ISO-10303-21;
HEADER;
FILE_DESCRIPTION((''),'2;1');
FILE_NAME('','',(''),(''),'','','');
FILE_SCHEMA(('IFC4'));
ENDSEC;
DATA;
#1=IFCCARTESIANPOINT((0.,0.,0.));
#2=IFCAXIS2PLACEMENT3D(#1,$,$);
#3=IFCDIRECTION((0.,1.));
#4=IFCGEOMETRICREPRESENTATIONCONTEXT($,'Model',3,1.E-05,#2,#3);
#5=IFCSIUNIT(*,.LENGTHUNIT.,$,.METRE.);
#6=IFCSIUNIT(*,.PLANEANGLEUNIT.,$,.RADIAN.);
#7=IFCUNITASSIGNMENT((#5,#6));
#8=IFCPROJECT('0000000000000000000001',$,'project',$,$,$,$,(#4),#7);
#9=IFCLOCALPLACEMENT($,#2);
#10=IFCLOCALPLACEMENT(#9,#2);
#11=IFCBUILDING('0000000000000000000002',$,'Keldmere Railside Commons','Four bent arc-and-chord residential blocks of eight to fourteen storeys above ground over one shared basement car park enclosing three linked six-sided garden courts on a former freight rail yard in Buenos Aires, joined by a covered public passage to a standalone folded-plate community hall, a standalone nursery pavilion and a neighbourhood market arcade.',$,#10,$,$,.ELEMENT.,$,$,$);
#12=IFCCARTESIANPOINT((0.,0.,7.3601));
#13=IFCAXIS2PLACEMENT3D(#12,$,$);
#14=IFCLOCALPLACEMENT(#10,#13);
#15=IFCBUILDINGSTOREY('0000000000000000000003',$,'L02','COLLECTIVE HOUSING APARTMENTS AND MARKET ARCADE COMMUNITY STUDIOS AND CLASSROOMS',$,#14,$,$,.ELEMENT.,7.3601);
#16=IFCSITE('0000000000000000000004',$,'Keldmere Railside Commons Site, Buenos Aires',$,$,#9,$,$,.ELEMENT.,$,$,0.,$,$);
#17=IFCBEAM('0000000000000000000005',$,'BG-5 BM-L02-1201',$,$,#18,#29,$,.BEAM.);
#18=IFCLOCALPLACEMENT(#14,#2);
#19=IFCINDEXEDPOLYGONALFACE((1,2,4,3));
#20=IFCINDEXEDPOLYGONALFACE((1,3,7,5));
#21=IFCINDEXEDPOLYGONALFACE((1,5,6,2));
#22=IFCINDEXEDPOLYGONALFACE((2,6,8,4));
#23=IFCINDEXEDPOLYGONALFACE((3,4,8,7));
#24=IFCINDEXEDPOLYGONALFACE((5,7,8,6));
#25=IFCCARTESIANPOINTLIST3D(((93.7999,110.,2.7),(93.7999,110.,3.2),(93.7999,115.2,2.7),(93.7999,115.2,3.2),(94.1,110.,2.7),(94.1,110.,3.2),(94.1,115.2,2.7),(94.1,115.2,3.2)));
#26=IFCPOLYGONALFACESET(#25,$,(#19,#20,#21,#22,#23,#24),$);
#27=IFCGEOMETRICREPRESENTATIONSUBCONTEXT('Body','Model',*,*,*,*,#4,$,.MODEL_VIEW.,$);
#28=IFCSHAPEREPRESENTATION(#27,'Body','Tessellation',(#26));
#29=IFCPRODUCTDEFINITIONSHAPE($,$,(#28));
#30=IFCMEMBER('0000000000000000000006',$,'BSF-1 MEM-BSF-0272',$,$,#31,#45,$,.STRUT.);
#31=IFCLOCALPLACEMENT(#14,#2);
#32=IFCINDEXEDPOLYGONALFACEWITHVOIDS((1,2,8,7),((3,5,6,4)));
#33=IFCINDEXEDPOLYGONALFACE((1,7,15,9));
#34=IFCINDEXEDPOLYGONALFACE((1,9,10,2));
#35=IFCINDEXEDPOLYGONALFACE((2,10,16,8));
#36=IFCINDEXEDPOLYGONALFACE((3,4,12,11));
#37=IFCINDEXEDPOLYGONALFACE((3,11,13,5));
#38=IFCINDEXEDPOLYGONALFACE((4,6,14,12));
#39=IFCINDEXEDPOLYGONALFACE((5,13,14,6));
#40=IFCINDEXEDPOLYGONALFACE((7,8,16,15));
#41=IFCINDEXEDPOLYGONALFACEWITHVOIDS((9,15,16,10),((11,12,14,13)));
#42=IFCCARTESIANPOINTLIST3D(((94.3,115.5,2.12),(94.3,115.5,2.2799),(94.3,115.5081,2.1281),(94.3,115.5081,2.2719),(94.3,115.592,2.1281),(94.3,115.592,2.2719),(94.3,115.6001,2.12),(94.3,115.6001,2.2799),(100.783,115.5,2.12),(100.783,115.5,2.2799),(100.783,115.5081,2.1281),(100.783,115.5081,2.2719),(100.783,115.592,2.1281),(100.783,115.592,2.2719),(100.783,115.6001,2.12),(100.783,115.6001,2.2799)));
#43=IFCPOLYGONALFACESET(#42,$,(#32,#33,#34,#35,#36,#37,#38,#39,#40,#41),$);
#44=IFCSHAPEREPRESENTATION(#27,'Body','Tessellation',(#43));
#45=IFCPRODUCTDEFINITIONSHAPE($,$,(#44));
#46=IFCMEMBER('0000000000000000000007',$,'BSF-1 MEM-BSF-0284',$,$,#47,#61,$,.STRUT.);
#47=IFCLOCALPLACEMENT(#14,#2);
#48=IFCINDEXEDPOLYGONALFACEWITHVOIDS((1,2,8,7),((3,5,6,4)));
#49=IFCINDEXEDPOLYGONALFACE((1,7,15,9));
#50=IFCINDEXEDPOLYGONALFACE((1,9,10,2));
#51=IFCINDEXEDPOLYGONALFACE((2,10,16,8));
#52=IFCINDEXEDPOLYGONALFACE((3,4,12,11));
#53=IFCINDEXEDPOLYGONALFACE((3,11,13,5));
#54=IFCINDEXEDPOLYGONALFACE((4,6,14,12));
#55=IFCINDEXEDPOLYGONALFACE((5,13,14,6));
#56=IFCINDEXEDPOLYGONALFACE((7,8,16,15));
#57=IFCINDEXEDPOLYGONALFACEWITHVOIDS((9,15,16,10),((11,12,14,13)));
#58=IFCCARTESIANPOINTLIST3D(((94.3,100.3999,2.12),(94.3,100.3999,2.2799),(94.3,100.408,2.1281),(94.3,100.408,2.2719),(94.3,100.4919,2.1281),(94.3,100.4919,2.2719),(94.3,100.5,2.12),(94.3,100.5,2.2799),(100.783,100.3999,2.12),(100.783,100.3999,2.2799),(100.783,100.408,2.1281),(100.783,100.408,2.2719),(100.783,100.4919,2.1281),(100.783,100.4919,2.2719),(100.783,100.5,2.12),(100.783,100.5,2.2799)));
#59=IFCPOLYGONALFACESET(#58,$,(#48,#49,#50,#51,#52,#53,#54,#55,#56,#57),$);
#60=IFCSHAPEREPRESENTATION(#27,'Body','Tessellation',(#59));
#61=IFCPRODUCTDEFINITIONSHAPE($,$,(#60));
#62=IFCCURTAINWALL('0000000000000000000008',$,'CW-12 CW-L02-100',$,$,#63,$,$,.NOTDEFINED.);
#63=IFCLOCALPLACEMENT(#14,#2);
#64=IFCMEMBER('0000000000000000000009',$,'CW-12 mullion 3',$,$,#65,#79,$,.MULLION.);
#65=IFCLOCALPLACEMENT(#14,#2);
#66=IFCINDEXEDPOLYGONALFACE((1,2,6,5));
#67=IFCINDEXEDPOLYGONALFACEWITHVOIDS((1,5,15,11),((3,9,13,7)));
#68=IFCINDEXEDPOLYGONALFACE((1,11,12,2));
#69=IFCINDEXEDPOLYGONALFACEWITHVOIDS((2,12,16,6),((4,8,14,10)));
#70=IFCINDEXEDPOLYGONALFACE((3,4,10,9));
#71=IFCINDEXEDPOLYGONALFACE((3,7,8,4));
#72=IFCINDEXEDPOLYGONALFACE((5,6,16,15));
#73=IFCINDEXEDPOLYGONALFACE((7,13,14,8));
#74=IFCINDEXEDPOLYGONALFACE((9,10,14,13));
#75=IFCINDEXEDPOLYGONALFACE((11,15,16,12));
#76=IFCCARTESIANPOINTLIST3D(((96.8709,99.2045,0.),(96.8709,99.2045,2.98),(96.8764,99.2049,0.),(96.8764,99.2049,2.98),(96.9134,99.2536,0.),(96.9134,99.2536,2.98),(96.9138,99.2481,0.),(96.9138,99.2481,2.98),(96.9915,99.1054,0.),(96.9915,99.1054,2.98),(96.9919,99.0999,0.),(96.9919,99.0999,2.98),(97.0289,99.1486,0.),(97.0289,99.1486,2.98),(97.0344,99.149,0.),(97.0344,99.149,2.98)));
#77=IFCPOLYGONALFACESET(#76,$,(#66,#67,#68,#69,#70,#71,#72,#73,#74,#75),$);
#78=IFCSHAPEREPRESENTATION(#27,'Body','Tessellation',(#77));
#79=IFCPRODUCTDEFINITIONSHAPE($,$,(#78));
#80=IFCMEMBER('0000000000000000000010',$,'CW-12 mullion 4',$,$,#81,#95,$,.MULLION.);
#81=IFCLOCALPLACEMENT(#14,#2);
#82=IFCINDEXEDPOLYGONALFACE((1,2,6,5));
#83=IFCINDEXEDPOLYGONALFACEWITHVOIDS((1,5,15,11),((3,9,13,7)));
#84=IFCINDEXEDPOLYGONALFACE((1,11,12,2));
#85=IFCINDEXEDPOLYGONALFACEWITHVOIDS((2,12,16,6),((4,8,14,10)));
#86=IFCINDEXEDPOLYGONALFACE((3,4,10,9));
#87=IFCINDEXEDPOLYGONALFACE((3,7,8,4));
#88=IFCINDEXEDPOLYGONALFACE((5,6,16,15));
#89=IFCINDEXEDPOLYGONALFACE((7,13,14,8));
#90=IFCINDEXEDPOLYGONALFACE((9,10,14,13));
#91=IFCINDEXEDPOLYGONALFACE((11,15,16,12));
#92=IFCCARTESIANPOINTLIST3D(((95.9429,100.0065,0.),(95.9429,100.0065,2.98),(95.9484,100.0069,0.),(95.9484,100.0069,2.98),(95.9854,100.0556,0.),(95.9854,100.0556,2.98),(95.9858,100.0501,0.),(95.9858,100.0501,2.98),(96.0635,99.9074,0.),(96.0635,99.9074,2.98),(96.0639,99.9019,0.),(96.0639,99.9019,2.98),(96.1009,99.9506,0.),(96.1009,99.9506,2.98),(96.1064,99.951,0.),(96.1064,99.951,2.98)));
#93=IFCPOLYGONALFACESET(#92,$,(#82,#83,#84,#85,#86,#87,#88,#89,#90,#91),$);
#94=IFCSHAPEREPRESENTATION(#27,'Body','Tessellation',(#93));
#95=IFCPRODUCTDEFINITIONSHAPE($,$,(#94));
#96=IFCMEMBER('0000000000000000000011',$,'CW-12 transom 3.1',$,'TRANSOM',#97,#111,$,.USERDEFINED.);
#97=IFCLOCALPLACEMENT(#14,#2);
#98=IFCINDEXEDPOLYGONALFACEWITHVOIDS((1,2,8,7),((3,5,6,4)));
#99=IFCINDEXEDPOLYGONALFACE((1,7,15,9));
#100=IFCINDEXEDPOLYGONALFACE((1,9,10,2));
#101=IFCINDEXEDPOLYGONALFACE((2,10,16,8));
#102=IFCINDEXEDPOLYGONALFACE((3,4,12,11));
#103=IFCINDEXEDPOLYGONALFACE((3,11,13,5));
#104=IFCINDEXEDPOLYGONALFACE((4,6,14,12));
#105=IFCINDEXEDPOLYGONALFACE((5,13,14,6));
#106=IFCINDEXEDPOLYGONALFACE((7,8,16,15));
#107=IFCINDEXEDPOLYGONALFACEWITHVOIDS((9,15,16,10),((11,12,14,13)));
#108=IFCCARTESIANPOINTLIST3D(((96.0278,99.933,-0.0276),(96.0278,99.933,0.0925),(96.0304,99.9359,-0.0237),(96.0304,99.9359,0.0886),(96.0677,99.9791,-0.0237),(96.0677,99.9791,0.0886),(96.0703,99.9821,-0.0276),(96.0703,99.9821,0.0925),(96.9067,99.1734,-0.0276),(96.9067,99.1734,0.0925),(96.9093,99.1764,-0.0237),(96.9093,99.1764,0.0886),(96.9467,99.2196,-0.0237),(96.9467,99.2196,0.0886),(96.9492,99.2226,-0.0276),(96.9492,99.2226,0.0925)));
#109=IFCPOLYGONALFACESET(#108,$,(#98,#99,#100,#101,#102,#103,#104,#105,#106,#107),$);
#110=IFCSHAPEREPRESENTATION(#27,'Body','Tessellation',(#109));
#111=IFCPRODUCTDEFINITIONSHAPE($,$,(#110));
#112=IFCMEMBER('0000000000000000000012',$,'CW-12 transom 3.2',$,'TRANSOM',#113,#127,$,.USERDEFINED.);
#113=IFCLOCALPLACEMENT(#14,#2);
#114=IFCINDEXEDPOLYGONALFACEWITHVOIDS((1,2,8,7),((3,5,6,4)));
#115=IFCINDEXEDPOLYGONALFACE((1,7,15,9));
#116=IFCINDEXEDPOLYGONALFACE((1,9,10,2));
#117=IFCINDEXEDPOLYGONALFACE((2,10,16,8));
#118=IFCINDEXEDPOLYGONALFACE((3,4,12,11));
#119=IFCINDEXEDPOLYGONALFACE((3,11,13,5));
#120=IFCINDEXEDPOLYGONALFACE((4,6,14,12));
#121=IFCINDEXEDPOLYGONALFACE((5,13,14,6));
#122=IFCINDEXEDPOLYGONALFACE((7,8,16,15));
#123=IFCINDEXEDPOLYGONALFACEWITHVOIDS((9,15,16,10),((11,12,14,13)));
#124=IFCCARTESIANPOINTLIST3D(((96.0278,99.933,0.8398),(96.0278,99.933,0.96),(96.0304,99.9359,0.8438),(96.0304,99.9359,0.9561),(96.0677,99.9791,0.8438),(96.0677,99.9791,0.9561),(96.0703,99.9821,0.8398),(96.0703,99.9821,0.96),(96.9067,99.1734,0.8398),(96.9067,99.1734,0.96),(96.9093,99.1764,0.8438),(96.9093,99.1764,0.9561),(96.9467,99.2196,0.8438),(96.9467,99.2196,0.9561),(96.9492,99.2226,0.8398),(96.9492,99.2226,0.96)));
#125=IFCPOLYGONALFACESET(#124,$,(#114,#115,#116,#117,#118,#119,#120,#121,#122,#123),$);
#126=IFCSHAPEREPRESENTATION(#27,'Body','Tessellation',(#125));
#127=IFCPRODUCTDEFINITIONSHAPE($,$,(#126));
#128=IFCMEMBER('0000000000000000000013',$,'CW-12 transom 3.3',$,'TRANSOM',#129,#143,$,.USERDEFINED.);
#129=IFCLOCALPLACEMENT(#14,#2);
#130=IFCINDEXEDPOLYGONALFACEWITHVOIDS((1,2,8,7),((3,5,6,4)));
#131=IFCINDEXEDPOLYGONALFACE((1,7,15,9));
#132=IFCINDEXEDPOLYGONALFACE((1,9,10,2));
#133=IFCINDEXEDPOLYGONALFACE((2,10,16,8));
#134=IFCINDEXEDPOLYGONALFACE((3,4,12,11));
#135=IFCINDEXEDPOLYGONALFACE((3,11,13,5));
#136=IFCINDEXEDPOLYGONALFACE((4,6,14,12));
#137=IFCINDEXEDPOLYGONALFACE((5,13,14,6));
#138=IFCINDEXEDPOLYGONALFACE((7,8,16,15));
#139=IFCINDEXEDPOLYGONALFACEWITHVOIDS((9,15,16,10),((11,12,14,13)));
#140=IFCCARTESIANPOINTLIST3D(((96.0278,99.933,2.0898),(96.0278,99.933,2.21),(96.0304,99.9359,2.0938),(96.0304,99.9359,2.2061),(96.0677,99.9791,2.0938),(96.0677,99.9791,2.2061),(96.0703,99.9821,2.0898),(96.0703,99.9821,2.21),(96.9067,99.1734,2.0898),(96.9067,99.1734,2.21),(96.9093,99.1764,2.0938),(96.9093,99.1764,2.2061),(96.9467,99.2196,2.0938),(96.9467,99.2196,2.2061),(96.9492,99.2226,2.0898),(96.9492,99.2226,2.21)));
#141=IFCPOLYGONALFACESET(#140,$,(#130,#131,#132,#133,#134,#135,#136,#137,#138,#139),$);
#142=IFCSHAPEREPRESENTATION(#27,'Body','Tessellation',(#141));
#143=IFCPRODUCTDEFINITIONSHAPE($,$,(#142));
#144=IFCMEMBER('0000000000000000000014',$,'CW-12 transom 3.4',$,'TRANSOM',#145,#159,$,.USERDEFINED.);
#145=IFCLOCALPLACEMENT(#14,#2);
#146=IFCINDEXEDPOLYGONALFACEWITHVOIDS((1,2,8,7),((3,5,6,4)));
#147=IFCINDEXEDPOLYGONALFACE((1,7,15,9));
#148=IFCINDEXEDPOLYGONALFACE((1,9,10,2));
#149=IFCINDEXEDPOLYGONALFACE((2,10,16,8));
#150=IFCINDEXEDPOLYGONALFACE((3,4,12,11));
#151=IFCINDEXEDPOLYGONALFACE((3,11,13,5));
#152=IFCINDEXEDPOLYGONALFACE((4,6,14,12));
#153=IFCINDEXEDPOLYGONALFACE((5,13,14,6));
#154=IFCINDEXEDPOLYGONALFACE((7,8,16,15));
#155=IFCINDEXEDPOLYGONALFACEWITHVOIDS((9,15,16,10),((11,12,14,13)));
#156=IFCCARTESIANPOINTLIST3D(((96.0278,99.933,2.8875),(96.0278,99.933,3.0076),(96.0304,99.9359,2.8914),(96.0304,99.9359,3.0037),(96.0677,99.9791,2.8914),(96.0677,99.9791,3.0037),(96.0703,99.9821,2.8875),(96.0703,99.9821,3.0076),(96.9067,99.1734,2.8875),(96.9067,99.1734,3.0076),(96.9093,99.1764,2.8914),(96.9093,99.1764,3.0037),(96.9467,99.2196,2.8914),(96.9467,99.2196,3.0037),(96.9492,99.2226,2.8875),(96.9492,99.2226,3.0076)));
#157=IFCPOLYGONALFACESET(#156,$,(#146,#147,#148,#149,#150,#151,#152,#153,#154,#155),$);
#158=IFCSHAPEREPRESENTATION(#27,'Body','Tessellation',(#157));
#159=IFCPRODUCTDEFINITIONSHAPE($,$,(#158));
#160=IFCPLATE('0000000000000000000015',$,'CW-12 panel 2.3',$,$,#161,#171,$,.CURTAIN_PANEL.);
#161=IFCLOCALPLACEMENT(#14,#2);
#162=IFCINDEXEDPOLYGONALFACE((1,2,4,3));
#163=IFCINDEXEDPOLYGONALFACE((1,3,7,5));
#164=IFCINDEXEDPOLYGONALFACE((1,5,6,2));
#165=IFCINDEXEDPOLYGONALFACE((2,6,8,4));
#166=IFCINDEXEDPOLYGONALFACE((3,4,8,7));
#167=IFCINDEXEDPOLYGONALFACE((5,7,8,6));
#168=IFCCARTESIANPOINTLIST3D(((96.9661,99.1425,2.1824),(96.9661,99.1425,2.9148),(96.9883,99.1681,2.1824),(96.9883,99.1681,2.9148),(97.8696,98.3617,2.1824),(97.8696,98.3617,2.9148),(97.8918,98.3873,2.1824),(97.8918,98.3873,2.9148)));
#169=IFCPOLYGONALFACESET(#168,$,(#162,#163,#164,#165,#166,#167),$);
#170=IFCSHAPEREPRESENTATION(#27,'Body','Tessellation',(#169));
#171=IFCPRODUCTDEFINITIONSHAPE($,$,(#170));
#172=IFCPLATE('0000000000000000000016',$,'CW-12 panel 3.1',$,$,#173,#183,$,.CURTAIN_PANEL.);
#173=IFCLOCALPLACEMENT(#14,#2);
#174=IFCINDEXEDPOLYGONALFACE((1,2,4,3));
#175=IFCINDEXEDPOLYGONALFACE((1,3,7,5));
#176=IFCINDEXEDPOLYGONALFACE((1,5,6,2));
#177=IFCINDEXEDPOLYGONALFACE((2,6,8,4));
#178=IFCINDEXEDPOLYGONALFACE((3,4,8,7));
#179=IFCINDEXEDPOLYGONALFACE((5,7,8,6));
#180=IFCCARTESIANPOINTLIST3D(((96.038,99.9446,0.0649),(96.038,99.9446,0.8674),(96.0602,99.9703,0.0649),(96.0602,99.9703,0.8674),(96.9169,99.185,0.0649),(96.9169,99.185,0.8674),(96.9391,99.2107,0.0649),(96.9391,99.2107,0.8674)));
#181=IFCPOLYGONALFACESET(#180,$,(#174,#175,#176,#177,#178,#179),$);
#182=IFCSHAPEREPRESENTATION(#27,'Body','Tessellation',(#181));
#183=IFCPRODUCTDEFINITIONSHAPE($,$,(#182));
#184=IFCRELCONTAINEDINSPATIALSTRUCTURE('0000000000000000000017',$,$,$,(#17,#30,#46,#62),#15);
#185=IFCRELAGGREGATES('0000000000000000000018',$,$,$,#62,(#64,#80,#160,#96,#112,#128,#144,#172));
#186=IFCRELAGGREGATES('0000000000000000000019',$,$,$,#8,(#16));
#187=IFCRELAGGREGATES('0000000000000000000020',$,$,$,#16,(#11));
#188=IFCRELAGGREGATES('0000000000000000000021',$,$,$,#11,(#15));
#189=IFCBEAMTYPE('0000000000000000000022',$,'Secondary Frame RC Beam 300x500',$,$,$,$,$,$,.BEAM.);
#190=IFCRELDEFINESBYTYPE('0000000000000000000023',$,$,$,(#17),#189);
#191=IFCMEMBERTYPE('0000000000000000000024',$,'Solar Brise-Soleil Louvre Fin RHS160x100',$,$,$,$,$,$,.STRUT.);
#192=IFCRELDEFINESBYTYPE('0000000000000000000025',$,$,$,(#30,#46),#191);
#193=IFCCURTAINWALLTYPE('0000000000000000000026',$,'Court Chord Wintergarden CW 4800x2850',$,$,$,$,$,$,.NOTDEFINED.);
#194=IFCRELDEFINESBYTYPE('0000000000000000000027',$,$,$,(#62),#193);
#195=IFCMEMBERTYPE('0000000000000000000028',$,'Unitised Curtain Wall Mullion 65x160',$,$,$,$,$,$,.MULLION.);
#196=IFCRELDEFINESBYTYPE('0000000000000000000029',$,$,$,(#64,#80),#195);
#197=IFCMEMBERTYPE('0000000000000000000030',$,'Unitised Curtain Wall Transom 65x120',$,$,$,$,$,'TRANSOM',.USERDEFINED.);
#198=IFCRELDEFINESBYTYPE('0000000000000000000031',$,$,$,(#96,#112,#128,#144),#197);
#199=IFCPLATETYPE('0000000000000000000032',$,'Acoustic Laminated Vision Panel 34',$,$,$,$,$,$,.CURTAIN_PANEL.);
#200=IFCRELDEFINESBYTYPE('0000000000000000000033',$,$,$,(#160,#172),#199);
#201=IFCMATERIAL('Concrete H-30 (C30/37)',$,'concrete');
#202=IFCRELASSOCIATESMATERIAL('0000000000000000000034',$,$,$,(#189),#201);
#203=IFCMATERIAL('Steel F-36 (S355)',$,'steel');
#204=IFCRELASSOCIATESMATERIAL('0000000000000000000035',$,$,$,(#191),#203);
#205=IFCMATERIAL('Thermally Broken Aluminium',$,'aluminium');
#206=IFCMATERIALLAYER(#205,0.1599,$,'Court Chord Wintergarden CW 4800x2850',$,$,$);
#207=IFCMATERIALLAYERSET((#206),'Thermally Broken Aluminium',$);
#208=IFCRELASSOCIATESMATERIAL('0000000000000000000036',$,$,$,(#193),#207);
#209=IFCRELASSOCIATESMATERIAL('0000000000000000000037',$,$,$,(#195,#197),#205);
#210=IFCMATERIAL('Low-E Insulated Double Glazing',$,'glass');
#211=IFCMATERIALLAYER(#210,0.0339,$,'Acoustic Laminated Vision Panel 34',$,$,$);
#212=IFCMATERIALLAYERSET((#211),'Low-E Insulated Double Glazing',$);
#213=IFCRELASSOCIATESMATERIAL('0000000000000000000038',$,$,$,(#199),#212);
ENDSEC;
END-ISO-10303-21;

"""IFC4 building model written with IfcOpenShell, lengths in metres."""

from ifc_helpers import new_model, si_unit, direction, frame, origin, origin_2d, place, context, subcontext, project, spatial, rectangle, hollow_rectangle, extrude, material, layer, layer_set, material_profile, profile_set, type_object, element, aggregate, save


model = new_model("IFC4")

# Units and contexts
model_context = context("Model", 3, precision=1e-05, world=origin(), true_north=direction((0.0, 1.0)))
body_context = subcontext(model_context, "Body", "Model", "MODEL_VIEW")
ifc_project = project(units=[si_unit("LENGTHUNIT", "METRE"), si_unit("PLANEANGLEUNIT", "RADIAN")], contexts=[model_context])

# Site, building, storey
site_placement = place(None, origin())
site = spatial("IfcSite", under=ifc_project, at=site_placement, Name="Keldmere Railside Commons Site, Buenos Aires", CompositionType="ELEMENT", RefElevation=0.0)
building_placement = place(site_placement, origin())
building = spatial("IfcBuilding", under=site, at=building_placement, Name="Keldmere Railside Commons", Description="Four bent arc-and-chord residential blocks of eight to fourteen storeys above ground over one shared basement car park enclosing three linked six-sided garden courts on a former freight rail yard in Buenos Aires, joined by a covered public passage to a standalone folded-plate community hall, a standalone nursery pavilion and a neighbourhood market arcade.", CompositionType="ELEMENT")
storey_placement = place(building_placement, frame((0.0, 0.0, 7.3601)))
storey = spatial("IfcBuildingStorey", under=building, at=storey_placement, Name="L02", Description="COLLECTIVE HOUSING APARTMENTS AND MARKET ARCADE COMMUNITY STUDIOS AND CLASSROOMS", CompositionType="ELEMENT", Elevation=7.3601)

# Shared definitions
ifc_material_1 = material(Name="Steel F-36 (S355)", Category="steel")

# Beam
ifc_material_2 = material(Name="Concrete H-30 (C30/37)", Category="concrete")
ifc_material_profile_1 = material_profile(ifc_material_2, rectangle(XDim=0.3, YDim=0.5, at=origin_2d()), Name="RC-300x500")
ifc_profile_set_1 = profile_set([ifc_material_profile_1], Name="Concrete H-30 (C30/37)")
beam_type_1 = type_object("IfcBeamType", Name="Secondary Frame RC Beam 300x500", PredefinedType="BEAM", material=ifc_profile_set_1)
beam_1_placement = place(storey_placement, frame((93.95, 110.0, 2.95), z_axis=(0.0, 1.0, 0.0), x_axis=(-1.0, 0.0, 0.0)))
element("IfcBeam", 1, at=beam_1_placement, inside=storey, type_object=beam_type_1, Name="BG-5 BM-L02-1201", PredefinedType="BEAM", context=body_context, shape_type="SweptSolid", body=[
    extrude(rectangle(XDim=0.3, YDim=0.5, at=origin_2d()), origin(), (0.0, 0.0, 1.0), 5.2),
])

# Members
ifc_material_profile_2 = material_profile(ifc_material_1, hollow_rectangle(XDim=0.1001, YDim=0.1599, WallThickness=0.0081, at=origin_2d()), Name="RHS-160x100x8")
ifc_profile_set_2 = profile_set([ifc_material_profile_2], Name="Steel F-36 (S355)")
member_type_1 = type_object("IfcMemberType", Name="Solar Brise-Soleil Louvre Fin RHS160x100", PredefinedType="STRUT", material=ifc_profile_set_2)
for number, where, z_axis, x_axis, name in (
    (2, (94.3, 115.55, 2.2), (1.0, 0.0, 0.0), (0.0, 1.0, 0.0), "BSF-1 MEM-BSF-0272"),
    (3, (94.3, 100.45, 2.2), (1.0, 0.0, 0.0), (0.0, 1.0, 0.0), "BSF-1 MEM-BSF-0284"),
):
    element("IfcMember", number, at=place(storey_placement, frame(where, z_axis=z_axis, x_axis=x_axis)), inside=storey, type_object=member_type_1, Name=name, PredefinedType="STRUT", context=body_context, shape_type="SweptSolid", body=[
        extrude(hollow_rectangle(XDim=0.1001, YDim=0.1599, WallThickness=0.0081, at=origin_2d()), origin(), (0.0, 0.0, 1.0), 6.4829),
    ])

# Curtain wall, members, plates
ifc_material_3 = material(Name="Thermally Broken Aluminium", Category="aluminium")
ifc_layer_1 = layer(ifc_material_3, 0.1599, Name="Court Chord Wintergarden CW 4800x2850")
ifc_layer_set_1 = layer_set([ifc_layer_1], Name="Thermally Broken Aluminium")
curtain_wall_type = type_object("IfcCurtainWallType", Name="Court Chord Wintergarden CW 4800x2850", PredefinedType="NOTDEFINED", material=ifc_layer_set_1)
curtain_wall_placement = place(storey_placement, origin())
curtain_wall = element("IfcCurtainWall", 4, at=curtain_wall_placement, inside=storey, type_object=curtain_wall_type, Name="CW-12 CW-L02-100", PredefinedType="NOTDEFINED")
ifc_material_profile_3 = material_profile(ifc_material_3, hollow_rectangle(XDim=0.0649, YDim=0.1599, WallThickness=0.0039, at=origin_2d()), Name="ALU-MULL-65x160")
ifc_profile_set_3 = profile_set([ifc_material_profile_3], Name="Thermally Broken Aluminium")
member_type_2 = type_object("IfcMemberType", Name="Unitised Curtain Wall Mullion 65x160", PredefinedType="MULLION", material=ifc_profile_set_3)
member_1_placement = place(storey_placement, frame((96.9526, 99.1768, 0.0), z_axis=(0.0, 0.0, 1.0), x_axis=(-0.653882, -0.756597, 0.0)))
member_1 = element("IfcMember", 5, at=member_1_placement, type_object=member_type_2, Name="CW-12 mullion 3", PredefinedType="MULLION", context=body_context, shape_type="SweptSolid", body=[
    extrude(hollow_rectangle(XDim=0.0649, YDim=0.1599, WallThickness=0.0039, at=origin_2d()), origin(), (0.0, 0.0, 1.0), 2.98),
])
member_2_placement = place(storey_placement, frame((96.0247, 99.9788, 0.0), z_axis=(0.0, 0.0, 1.0), x_axis=(-0.653882, -0.756597, 0.0)))
member_2 = element("IfcMember", 6, at=member_2_placement, type_object=member_type_2, Name="CW-12 mullion 4", PredefinedType="MULLION", context=body_context, shape_type="SweptSolid", body=[
    extrude(hollow_rectangle(XDim=0.0649, YDim=0.1599, WallThickness=0.0039, at=origin_2d()), origin(), (0.0, 0.0, 1.0), 2.98),
])
ifc_material_profile_4 = material_profile(ifc_material_3, hollow_rectangle(XDim=0.0649, YDim=0.1201, WallThickness=0.0039, at=origin_2d()), Name="ALU-TRAN-65x120")
ifc_profile_set_4 = profile_set([ifc_material_profile_4], Name="Thermally Broken Aluminium")
member_type_3 = type_object("IfcMemberType", Name="Unitised Curtain Wall Transom 65x120", ElementType="TRANSOM", PredefinedType="USERDEFINED", material=ifc_profile_set_4)
member_3_placement = place(storey_placement, frame((96.928, 99.198, 0.0325), z_axis=(-0.756624, 0.65385, 0.0), x_axis=(-0.65385, -0.756624, 0.0)))
member_3 = element("IfcMember", 7, at=member_3_placement, type_object=member_type_3, Name="CW-12 transom 3.1", ObjectType="TRANSOM", PredefinedType="USERDEFINED", context=body_context, shape_type="SweptSolid", body=[
    extrude(hollow_rectangle(XDim=0.0649, YDim=0.1201, WallThickness=0.0039, at=origin_2d()), origin(), (0.0, 0.0, 1.0), 1.1616),
])
member_4_placement = place(storey_placement, frame((96.928, 99.198, 0.8999), z_axis=(-0.756624, 0.65385, 0.0), x_axis=(-0.65385, -0.756624, 0.0)))
member_4 = element("IfcMember", 8, at=member_4_placement, type_object=member_type_3, Name="CW-12 transom 3.2", ObjectType="TRANSOM", PredefinedType="USERDEFINED", context=body_context, shape_type="SweptSolid", body=[
    extrude(hollow_rectangle(XDim=0.0649, YDim=0.1201, WallThickness=0.0039, at=origin_2d()), origin(), (0.0, 0.0, 1.0), 1.1616),
])
member_5_placement = place(storey_placement, frame((96.928, 99.198, 2.1499), z_axis=(-0.756624, 0.65385, 0.0), x_axis=(-0.65385, -0.756624, 0.0)))
member_5 = element("IfcMember", 9, at=member_5_placement, type_object=member_type_3, Name="CW-12 transom 3.3", ObjectType="TRANSOM", PredefinedType="USERDEFINED", context=body_context, shape_type="SweptSolid", body=[
    extrude(hollow_rectangle(XDim=0.0649, YDim=0.1201, WallThickness=0.0039, at=origin_2d()), origin(), (0.0, 0.0, 1.0), 1.1616),
])
member_6_placement = place(storey_placement, frame((96.928, 99.198, 2.9475), z_axis=(-0.756624, 0.65385, 0.0), x_axis=(-0.65385, -0.756624, 0.0)))
member_6 = element("IfcMember", 10, at=member_6_placement, type_object=member_type_3, Name="CW-12 transom 3.4", ObjectType="TRANSOM", PredefinedType="USERDEFINED", context=body_context, shape_type="SweptSolid", body=[
    extrude(hollow_rectangle(XDim=0.0649, YDim=0.1201, WallThickness=0.0039, at=origin_2d()), origin(), (0.0, 0.0, 1.0), 1.1616),
])
ifc_material_4 = material(Name="Low-E Insulated Double Glazing", Category="glass")
ifc_layer_2 = layer(ifc_material_4, 0.0339, Name="Acoustic Laminated Vision Panel 34")
ifc_layer_set_2 = layer_set([ifc_layer_2], Name="Low-E Insulated Double Glazing")
plate_type = type_object("IfcPlateType", Name="Acoustic Laminated Vision Panel 34", PredefinedType="CURTAIN_PANEL", material=ifc_layer_set_2)
plate_1_placement = place(storey_placement, frame((97.429, 98.7649, 2.1824), z_axis=(0.0, 0.0, 1.0), x_axis=(-0.756597, 0.653882, 0.0)))
plate_1 = element("IfcPlate", 11, at=plate_1_placement, type_object=plate_type, Name="CW-12 panel 2.3", PredefinedType="CURTAIN_PANEL", context=body_context, shape_type="SweptSolid", body=[
    extrude(rectangle(XDim=1.1941, YDim=0.0339, at=origin_2d()), origin(), (0.0, 0.0, 1.0), 0.7324),
])
plate_2_placement = place(storey_placement, frame((96.4885, 99.5776, 0.0649), z_axis=(0.0, 0.0, 1.0), x_axis=(-0.756597, 0.653882, 0.0)))
plate_2 = element("IfcPlate", 12, at=plate_2_placement, type_object=plate_type, Name="CW-12 panel 3.1", PredefinedType="CURTAIN_PANEL", context=body_context, shape_type="SweptSolid", body=[
    extrude(rectangle(XDim=1.1616, YDim=0.0339, at=origin_2d()), origin(), (0.0, 0.0, 1.0), 0.8025),
])
aggregate(curtain_wall, [member_1, member_2, plate_1, member_3, member_4, member_5, member_6, plate_2])

save(model, "model.ifc")
